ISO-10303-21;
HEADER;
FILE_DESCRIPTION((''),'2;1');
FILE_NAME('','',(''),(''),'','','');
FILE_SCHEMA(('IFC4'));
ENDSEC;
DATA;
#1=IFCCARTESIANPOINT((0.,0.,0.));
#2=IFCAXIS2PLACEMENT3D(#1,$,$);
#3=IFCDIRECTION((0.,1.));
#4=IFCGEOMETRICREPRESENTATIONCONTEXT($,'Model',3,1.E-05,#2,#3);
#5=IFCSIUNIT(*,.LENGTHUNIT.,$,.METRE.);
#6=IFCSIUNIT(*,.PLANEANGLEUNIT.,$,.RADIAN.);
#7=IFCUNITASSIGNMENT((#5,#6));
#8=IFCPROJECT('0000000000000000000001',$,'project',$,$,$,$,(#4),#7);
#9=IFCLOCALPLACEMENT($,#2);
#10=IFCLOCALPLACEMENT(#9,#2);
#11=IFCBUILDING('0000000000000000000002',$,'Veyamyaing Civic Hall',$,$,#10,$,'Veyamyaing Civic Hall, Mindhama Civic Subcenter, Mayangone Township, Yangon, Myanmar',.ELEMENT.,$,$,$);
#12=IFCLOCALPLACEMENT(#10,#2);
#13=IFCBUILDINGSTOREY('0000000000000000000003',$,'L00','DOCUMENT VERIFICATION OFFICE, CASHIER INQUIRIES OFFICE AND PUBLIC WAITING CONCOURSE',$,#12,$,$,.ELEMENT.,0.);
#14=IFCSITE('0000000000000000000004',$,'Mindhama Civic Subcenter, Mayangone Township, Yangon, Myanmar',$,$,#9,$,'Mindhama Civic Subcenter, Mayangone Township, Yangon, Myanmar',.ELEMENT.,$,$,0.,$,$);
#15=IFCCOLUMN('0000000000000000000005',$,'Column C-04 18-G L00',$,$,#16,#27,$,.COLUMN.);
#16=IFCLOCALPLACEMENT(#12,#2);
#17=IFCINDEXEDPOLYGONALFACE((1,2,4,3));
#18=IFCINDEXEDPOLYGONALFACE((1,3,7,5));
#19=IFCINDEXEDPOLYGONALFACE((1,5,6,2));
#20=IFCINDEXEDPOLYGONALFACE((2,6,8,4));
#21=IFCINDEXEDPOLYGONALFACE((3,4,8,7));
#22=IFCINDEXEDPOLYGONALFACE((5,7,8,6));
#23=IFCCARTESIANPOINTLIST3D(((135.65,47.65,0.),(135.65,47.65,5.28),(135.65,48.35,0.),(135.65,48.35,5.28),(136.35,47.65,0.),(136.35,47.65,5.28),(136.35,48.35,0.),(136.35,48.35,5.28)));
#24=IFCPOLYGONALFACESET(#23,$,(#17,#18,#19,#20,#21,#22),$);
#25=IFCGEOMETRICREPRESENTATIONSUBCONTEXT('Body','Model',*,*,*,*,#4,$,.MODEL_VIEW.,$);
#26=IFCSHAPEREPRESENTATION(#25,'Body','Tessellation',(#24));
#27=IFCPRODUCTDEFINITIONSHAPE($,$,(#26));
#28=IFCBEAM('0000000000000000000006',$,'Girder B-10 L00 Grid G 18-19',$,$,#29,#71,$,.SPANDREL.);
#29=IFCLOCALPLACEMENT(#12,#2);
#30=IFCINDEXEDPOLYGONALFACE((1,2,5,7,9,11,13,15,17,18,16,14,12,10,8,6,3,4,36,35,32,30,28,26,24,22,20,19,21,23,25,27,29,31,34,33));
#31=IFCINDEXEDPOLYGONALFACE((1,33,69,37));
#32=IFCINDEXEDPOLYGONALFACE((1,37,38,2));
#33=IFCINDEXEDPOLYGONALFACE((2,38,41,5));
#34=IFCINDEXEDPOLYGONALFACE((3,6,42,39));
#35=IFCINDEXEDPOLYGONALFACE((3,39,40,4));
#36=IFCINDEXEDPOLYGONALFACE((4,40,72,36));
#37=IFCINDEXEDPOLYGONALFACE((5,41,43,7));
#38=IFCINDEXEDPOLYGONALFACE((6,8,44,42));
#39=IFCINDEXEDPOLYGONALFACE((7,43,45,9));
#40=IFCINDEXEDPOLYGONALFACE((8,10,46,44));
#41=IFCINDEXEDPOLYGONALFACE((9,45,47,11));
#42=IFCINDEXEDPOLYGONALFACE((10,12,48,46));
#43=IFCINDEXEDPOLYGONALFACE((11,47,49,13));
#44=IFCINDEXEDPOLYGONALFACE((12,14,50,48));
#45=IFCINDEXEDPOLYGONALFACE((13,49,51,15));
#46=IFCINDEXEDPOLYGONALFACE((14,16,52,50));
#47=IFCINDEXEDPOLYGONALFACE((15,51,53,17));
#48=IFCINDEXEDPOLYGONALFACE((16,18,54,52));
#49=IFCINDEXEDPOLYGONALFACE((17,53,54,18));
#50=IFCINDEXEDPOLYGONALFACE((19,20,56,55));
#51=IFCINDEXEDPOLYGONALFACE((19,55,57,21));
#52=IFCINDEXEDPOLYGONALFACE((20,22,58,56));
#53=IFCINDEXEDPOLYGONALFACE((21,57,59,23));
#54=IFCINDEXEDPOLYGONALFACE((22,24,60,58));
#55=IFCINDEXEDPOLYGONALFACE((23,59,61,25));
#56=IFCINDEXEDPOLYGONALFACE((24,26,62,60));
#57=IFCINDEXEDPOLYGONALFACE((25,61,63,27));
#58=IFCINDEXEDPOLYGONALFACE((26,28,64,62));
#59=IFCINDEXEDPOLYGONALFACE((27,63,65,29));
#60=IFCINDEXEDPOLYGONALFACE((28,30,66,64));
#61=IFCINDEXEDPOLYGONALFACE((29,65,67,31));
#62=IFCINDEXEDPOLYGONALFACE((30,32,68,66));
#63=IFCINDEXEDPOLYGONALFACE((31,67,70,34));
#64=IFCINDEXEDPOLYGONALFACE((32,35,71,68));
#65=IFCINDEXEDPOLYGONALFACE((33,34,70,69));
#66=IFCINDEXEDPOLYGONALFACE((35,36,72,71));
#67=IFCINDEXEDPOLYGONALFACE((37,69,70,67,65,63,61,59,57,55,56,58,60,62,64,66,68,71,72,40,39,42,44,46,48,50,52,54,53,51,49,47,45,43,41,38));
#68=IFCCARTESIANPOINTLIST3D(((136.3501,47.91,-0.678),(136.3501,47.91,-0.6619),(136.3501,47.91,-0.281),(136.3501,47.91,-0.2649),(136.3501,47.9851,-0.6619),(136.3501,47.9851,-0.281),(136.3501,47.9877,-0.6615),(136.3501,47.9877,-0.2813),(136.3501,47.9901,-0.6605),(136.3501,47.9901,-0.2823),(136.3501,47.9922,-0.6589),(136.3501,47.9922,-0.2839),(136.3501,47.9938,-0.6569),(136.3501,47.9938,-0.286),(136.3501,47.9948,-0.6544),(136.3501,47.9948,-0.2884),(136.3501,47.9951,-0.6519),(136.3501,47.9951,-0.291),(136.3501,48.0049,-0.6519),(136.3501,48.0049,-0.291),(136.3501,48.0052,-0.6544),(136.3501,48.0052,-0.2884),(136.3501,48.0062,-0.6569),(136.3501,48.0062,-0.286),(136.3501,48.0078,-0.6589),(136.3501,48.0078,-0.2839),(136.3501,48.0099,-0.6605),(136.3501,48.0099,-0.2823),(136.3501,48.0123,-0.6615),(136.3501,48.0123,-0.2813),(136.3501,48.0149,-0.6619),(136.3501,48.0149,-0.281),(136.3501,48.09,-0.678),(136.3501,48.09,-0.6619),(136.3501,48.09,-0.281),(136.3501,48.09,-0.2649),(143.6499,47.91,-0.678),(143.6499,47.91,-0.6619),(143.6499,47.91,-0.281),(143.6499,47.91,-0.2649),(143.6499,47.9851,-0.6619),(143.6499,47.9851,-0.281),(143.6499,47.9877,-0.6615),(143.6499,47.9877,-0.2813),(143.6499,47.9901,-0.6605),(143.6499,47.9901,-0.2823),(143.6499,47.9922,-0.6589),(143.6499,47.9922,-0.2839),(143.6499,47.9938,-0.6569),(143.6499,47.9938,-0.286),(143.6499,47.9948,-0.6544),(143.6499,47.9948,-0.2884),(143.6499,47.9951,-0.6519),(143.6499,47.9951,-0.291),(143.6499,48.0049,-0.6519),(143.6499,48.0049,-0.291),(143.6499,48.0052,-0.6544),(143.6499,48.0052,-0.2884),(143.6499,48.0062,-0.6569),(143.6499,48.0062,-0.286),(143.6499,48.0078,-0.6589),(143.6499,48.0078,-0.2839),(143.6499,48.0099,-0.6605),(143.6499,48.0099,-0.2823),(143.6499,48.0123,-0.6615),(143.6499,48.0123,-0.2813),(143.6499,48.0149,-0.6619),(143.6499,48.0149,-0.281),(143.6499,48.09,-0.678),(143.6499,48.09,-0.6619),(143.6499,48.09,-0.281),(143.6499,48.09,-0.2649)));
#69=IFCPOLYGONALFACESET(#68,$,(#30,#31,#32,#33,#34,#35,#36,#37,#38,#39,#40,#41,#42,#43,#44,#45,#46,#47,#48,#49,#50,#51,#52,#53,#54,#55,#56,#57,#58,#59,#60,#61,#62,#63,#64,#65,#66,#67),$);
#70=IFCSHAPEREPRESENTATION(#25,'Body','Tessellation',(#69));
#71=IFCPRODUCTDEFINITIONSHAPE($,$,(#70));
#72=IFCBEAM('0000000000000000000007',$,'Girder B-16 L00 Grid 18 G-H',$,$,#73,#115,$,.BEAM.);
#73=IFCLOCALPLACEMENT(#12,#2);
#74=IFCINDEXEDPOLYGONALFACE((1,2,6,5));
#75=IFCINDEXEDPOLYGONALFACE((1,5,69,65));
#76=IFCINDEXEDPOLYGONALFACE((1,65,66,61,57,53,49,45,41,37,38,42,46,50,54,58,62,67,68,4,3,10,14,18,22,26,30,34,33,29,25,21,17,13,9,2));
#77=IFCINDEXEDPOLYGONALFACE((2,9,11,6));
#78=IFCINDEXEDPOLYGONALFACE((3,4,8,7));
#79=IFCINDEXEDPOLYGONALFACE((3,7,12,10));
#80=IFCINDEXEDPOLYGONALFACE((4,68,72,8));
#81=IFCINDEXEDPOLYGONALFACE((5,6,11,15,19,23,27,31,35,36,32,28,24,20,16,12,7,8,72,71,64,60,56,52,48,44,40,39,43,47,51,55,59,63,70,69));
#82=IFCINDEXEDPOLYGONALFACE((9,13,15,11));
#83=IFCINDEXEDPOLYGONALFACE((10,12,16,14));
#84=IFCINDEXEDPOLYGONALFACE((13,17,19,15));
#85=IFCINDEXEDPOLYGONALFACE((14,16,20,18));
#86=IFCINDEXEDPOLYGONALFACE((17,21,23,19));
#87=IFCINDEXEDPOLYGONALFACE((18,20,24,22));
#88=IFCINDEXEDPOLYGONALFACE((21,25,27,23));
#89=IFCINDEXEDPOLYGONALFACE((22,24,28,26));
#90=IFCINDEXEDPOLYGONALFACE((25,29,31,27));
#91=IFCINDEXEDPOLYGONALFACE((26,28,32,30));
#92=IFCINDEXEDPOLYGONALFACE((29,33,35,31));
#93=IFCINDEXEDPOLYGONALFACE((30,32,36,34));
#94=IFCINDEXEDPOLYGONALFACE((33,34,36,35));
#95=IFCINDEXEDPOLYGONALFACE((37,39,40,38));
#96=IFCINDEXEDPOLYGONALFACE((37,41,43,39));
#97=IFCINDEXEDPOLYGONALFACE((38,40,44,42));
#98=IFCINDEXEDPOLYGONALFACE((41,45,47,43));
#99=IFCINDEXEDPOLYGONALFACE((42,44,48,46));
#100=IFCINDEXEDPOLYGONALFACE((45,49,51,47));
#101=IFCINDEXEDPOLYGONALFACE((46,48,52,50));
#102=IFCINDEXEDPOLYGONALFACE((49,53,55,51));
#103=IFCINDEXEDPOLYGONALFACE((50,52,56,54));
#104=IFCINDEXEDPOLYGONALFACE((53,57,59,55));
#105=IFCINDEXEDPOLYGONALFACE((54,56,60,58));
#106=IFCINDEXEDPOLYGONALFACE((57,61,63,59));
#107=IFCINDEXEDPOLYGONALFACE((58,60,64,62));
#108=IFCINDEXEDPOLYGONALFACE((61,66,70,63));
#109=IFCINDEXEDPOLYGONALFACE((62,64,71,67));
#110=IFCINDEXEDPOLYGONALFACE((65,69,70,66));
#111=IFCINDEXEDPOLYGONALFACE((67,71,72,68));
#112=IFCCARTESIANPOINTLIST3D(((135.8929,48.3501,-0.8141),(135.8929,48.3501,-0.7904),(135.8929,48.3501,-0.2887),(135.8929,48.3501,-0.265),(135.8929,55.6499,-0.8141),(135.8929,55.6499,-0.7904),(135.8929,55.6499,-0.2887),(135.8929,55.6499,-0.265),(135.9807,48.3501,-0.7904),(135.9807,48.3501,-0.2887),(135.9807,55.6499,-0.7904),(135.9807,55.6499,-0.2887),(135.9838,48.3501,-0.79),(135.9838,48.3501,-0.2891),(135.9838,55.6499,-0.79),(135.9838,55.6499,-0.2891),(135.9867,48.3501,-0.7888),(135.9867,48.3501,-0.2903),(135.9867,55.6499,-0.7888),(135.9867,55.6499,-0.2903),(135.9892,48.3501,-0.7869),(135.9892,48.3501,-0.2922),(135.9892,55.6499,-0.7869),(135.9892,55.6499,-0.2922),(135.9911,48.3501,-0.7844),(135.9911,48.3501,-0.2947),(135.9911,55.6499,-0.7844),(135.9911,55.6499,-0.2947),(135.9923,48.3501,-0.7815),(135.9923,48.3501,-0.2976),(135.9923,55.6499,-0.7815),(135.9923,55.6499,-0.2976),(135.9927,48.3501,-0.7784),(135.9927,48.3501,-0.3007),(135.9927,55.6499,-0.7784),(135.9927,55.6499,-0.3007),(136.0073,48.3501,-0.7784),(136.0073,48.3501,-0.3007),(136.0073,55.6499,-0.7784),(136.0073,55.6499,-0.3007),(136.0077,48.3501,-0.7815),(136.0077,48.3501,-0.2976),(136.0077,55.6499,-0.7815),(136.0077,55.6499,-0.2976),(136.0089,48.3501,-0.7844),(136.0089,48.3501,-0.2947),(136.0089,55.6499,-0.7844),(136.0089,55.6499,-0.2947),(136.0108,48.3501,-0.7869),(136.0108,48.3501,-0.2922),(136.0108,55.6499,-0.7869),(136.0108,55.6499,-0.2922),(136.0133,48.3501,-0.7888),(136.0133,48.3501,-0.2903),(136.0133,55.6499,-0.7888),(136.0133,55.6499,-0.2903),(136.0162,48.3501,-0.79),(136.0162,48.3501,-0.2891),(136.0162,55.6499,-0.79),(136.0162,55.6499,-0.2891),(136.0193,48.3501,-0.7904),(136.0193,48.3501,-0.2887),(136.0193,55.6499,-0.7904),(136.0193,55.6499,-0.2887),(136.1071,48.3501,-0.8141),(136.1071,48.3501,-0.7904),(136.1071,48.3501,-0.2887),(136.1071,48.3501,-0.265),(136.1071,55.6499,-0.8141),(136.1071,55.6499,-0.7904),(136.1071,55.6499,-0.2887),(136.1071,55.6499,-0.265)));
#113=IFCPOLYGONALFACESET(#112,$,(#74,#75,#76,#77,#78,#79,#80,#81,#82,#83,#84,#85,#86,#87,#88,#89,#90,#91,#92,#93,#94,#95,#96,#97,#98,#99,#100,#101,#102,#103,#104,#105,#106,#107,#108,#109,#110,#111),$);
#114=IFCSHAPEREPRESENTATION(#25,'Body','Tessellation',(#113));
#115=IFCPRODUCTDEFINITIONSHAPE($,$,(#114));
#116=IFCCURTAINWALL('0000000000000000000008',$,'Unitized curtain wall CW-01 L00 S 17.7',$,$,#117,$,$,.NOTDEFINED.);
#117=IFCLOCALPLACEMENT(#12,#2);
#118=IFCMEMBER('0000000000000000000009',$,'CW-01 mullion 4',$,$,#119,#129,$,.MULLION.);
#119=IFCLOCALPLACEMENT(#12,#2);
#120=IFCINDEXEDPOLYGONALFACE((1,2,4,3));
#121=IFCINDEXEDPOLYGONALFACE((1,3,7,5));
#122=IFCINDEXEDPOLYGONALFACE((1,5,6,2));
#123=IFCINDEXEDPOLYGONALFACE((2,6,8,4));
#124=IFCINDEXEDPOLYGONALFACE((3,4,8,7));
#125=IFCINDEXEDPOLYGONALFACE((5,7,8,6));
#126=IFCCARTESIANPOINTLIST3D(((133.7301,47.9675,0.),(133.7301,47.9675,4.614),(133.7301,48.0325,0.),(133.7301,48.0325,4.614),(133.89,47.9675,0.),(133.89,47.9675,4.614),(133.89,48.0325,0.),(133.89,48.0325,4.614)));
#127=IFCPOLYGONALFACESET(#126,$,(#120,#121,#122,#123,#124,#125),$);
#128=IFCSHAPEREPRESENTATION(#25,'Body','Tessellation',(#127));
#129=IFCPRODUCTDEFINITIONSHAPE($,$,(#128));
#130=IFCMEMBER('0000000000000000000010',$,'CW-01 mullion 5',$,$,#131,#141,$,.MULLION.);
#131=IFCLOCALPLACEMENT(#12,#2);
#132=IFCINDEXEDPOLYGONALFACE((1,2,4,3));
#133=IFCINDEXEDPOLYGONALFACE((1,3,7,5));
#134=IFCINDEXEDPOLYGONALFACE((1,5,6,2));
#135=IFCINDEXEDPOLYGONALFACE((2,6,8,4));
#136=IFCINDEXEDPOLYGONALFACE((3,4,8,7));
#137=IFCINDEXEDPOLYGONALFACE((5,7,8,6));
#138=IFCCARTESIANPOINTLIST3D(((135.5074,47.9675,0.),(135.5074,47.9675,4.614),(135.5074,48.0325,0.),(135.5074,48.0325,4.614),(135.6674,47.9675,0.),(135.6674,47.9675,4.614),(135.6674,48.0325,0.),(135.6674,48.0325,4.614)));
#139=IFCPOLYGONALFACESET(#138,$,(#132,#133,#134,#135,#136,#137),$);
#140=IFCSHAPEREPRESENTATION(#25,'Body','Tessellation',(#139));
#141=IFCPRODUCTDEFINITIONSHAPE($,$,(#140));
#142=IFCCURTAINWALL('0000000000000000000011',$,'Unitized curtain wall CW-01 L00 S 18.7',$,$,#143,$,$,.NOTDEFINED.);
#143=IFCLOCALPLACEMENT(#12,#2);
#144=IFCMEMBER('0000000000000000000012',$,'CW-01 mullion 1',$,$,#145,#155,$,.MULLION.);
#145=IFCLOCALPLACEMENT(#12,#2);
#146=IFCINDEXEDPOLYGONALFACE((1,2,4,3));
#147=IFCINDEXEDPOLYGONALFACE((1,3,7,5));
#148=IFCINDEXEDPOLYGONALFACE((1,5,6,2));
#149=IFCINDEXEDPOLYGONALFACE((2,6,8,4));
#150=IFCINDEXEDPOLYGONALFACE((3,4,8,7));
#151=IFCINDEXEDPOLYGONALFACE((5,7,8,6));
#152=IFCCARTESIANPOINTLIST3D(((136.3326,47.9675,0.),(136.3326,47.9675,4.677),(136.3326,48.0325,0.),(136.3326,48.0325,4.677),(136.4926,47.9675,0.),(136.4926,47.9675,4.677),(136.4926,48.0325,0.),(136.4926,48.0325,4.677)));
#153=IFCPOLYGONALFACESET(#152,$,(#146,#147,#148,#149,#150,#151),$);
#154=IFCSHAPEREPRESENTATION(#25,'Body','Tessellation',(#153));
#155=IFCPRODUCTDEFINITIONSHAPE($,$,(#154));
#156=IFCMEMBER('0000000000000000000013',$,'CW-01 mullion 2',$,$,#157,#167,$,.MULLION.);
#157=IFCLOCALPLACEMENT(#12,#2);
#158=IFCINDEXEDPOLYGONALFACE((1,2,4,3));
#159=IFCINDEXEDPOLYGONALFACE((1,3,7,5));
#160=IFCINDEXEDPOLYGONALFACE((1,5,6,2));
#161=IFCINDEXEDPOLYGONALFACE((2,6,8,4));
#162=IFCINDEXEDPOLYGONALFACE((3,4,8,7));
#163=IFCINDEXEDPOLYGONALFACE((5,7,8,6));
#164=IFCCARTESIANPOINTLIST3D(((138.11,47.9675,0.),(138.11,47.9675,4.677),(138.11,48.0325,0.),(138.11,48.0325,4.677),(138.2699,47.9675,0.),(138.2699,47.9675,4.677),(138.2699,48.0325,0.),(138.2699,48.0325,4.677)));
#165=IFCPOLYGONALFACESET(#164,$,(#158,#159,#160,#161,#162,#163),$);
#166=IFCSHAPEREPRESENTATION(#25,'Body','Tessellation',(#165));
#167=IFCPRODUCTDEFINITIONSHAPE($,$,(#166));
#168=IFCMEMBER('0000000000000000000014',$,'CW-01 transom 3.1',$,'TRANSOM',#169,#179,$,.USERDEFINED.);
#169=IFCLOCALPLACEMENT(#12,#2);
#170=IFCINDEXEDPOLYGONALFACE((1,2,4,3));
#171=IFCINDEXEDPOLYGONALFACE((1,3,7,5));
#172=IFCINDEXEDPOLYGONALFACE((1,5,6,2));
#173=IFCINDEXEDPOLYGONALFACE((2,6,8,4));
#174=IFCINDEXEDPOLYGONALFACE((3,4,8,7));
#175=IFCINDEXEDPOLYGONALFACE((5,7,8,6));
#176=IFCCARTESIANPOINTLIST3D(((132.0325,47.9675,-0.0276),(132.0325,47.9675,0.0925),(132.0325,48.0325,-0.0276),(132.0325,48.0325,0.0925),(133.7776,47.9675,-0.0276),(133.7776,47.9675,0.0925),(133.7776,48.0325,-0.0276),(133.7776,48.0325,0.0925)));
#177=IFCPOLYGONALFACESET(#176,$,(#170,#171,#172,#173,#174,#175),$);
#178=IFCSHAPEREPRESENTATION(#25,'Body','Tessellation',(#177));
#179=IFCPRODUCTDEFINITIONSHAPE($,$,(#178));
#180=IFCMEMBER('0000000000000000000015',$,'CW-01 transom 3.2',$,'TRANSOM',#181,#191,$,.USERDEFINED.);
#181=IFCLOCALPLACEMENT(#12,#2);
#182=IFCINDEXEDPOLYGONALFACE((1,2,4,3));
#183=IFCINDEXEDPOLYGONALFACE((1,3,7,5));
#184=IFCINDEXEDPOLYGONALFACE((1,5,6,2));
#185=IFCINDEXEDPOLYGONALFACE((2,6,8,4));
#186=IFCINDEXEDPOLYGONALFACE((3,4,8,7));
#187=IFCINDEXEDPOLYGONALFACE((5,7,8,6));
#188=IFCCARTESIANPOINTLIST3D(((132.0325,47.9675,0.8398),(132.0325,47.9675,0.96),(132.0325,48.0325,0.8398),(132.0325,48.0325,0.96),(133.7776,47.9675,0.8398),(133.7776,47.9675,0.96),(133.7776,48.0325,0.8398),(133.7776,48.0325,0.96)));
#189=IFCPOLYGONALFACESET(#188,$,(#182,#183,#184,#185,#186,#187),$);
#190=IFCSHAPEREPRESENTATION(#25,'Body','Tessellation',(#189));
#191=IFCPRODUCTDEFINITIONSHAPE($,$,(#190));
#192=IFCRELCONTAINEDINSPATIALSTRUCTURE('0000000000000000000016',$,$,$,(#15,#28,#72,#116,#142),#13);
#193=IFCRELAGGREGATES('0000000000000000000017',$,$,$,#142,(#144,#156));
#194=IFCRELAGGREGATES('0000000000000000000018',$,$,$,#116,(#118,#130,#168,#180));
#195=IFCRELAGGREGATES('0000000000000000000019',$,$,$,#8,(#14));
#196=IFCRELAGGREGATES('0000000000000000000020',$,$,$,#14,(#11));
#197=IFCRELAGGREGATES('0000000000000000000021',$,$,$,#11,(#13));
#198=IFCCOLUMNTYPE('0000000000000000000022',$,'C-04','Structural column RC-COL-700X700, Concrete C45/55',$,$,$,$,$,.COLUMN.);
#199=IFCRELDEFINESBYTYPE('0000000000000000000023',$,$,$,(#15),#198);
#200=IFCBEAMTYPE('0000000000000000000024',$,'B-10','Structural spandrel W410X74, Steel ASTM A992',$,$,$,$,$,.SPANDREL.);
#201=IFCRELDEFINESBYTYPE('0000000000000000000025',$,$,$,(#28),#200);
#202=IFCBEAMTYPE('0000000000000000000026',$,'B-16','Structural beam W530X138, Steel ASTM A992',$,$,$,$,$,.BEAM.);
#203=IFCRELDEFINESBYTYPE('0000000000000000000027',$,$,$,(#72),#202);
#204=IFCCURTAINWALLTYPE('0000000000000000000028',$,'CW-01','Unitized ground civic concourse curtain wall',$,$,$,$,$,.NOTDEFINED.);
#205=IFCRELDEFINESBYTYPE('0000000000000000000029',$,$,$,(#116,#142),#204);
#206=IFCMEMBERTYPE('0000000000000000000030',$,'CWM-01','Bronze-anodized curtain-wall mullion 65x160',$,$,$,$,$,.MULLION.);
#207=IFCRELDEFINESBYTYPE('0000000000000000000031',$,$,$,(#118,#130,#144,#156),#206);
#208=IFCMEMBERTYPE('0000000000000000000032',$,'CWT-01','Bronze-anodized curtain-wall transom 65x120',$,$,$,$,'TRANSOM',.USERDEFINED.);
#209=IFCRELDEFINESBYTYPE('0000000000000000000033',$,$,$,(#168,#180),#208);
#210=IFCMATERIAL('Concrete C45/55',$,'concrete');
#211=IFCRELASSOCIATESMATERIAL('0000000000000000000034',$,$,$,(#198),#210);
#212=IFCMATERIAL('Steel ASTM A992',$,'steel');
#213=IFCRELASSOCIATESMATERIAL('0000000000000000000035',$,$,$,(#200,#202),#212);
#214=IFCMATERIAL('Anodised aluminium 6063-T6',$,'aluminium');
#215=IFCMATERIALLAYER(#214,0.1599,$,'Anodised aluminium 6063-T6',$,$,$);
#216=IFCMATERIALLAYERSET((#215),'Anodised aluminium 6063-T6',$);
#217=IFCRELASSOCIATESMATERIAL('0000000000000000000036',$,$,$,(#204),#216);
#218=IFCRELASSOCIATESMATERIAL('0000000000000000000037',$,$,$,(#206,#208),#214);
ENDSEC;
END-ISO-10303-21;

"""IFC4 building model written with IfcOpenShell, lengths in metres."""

from ifc_helpers import new_model, si_unit, direction, frame, origin, origin_2d, place, context, subcontext, project, spatial, rectangle, i_section, extrude, material, layer, layer_set, material_profile, profile_set, type_object, element, aggregate, save


model = new_model("IFC4")

# Units and contexts
model_context = context("Model", 3, precision=1e-05, world=origin(), true_north=direction((0.0, 1.0)))
body_context = subcontext(model_context, "Body", "Model", "MODEL_VIEW")
ifc_project = project(units=[si_unit("LENGTHUNIT", "METRE"), si_unit("PLANEANGLEUNIT", "RADIAN")], contexts=[model_context])

# Site, building, storey
site_placement = place(None, origin())
site = spatial("IfcSite", under=ifc_project, at=site_placement, Name="Mindhama Civic Subcenter, Mayangone Township, Yangon, Myanmar", LongName="Mindhama Civic Subcenter, Mayangone Township, Yangon, Myanmar", CompositionType="ELEMENT", RefElevation=0.0)
building_placement = place(site_placement, origin())
building = spatial("IfcBuilding", under=site, at=building_placement, Name="Veyamyaing Civic Hall", LongName="Veyamyaing Civic Hall, Mindhama Civic Subcenter, Mayangone Township, Yangon, Myanmar", CompositionType="ELEMENT")
storey_placement = place(building_placement, origin())
storey = spatial("IfcBuildingStorey", under=building, at=storey_placement, Name="L00", Description="DOCUMENT VERIFICATION OFFICE, CASHIER INQUIRIES OFFICE AND PUBLIC WAITING CONCOURSE", CompositionType="ELEMENT", Elevation=0.0)

# Column
ifc_material_1 = material(Name="Concrete C45/55", Category="concrete")
ifc_material_profile_1 = material_profile(ifc_material_1, rectangle(XDim=0.7, YDim=0.7, at=origin_2d()), Name="RC-COL-700X700")
ifc_profile_set_1 = profile_set([ifc_material_profile_1], Name="Concrete C45/55")
column_type = type_object("IfcColumnType", Name="C-04", Description="Structural column RC-COL-700X700, Concrete C45/55", PredefinedType="COLUMN", material=ifc_profile_set_1)
column_placement = place(storey_placement, frame((136.0, 48.0, 0.0), z_axis=(0.0, 0.0, 1.0), x_axis=(1.0, 0.0, 0.0)))
element("IfcColumn", 1, at=column_placement, inside=storey, type_object=column_type, Name="Column C-04 18-G L00", PredefinedType="COLUMN", context=body_context, shape_type="SweptSolid", body=[
    extrude(rectangle(XDim=0.7, YDim=0.7, at=origin_2d()), origin(), (0.0, 0.0, 1.0), 5.28),
])

# Beams
ifc_material_2 = material(Name="Steel ASTM A992", Category="steel")
ifc_material_profile_2 = material_profile(ifc_material_2, i_section(OverallWidth=0.1799, OverallDepth=0.4131, WebThickness=0.0098, FlangeThickness=0.0161, FilletRadius=0.01, at=origin_2d()), Name="W410X74")
ifc_profile_set_2 = profile_set([ifc_material_profile_2], Name="Steel ASTM A992")
beam_type_1 = type_object("IfcBeamType", Name="B-10", Description="Structural spandrel W410X74, Steel ASTM A992", PredefinedType="SPANDREL", material=ifc_profile_set_2)
beam_1_placement = place(storey_placement, frame((136.3501, 48.0, -0.4714), z_axis=(1.0, 0.0, 0.0), x_axis=(0.0, 1.0, 0.0)))
element("IfcBeam", 2, at=beam_1_placement, inside=storey, type_object=beam_type_1, Name="Girder B-10 L00 Grid G 18-19", PredefinedType="SPANDREL", context=body_context, shape_type="SweptSolid", body=[
    extrude(i_section(OverallWidth=0.1799, OverallDepth=0.4131, WebThickness=0.0098, FlangeThickness=0.0161, FilletRadius=0.01, at=origin_2d()), origin(), (0.0, 0.0, 1.0), 7.2998),
])
ifc_material_profile_3 = material_profile(ifc_material_2, i_section(OverallWidth=0.2141, OverallDepth=0.5491, WebThickness=0.0146, FlangeThickness=0.0237, FilletRadius=0.012, at=origin_2d()), Name="W530X138")
ifc_profile_set_3 = profile_set([ifc_material_profile_3], Name="Steel ASTM A992")
beam_type_2 = type_object("IfcBeamType", Name="B-16", Description="Structural beam W530X138, Steel ASTM A992", PredefinedType="BEAM", material=ifc_profile_set_3)
beam_2_placement = place(storey_placement, frame((136.0, 48.3501, -0.5396), z_axis=(0.0, 1.0, 0.0), x_axis=(-1.0, 0.0, 0.0)))
element("IfcBeam", 3, at=beam_2_placement, inside=storey, type_object=beam_type_2, Name="Girder B-16 L00 Grid 18 G-H", PredefinedType="BEAM", context=body_context, shape_type="SweptSolid", body=[
    extrude(i_section(OverallWidth=0.2141, OverallDepth=0.5491, WebThickness=0.0146, FlangeThickness=0.0237, FilletRadius=0.012, at=origin_2d()), origin(), (0.0, 0.0, 1.0), 7.2998),
])

# Curtain walls, members
ifc_material_3 = material(Name="Anodised aluminium 6063-T6", Category="aluminium")
ifc_layer_1 = layer(ifc_material_3, 0.1599, Name="Anodised aluminium 6063-T6")
ifc_layer_set_1 = layer_set([ifc_layer_1], Name="Anodised aluminium 6063-T6")
curtain_wall_type = type_object("IfcCurtainWallType", Name="CW-01", Description="Unitized ground civic concourse curtain wall", PredefinedType="NOTDEFINED", material=ifc_layer_set_1)
curtain_wall_1_placement = place(storey_placement, origin())
curtain_wall_1 = element("IfcCurtainWall", 4, at=curtain_wall_1_placement, inside=storey, type_object=curtain_wall_type, Name="Unitized curtain wall CW-01 L00 S 17.7", PredefinedType="NOTDEFINED")
ifc_material_profile_4 = material_profile(ifc_material_3, rectangle(XDim=0.0649, YDim=0.1599, at=origin_2d()), Name="ALU-MUL-65X160")
ifc_profile_set_4 = profile_set([ifc_material_profile_4], Name="Anodised aluminium 6063-T6")
member_type_1 = type_object("IfcMemberType", Name="CWM-01", Description="Bronze-anodized curtain-wall mullion 65x160", PredefinedType="MULLION", material=ifc_profile_set_4)
member_1_placement = place(storey_placement, frame((133.8101, 48.0, 0.0), z_axis=(0.0, 0.0, 1.0), x_axis=(0.0, 1.0, 0.0)))
member_1 = element("IfcMember", 5, at=member_1_placement, type_object=member_type_1, Name="CW-01 mullion 4", PredefinedType="MULLION", context=body_context, shape_type="SweptSolid", body=[
    extrude(rectangle(XDim=0.0649, YDim=0.1599, at=origin_2d()), origin(), (0.0, 0.0, 1.0), 4.614),
])
member_2_placement = place(storey_placement, frame((135.5874, 48.0, 0.0), z_axis=(0.0, 0.0, 1.0), x_axis=(0.0, 1.0, 0.0)))
member_2 = element("IfcMember", 6, at=member_2_placement, type_object=member_type_1, Name="CW-01 mullion 5", PredefinedType="MULLION", context=body_context, shape_type="SweptSolid", body=[
    extrude(rectangle(XDim=0.0649, YDim=0.1599, at=origin_2d()), origin(), (0.0, 0.0, 1.0), 4.614),
])
curtain_wall_2_placement = place(storey_placement, origin())
curtain_wall_2 = element("IfcCurtainWall", 7, at=curtain_wall_2_placement, inside=storey, type_object=curtain_wall_type, Name="Unitized curtain wall CW-01 L00 S 18.7", PredefinedType="NOTDEFINED")
member_3_placement = place(storey_placement, frame((136.4126, 48.0, 0.0), z_axis=(0.0, 0.0, 1.0), x_axis=(0.0, 1.0, 0.0)))
member_3 = element("IfcMember", 8, at=member_3_placement, type_object=member_type_1, Name="CW-01 mullion 1", PredefinedType="MULLION", context=body_context, shape_type="SweptSolid", body=[
    extrude(rectangle(XDim=0.0649, YDim=0.1599, at=origin_2d()), origin(), (0.0, 0.0, 1.0), 4.677),
])
member_4_placement = place(storey_placement, frame((138.1899, 48.0, 0.0), z_axis=(0.0, 0.0, 1.0), x_axis=(0.0, 1.0, 0.0)))
member_4 = element("IfcMember", 9, at=member_4_placement, type_object=member_type_1, Name="CW-01 mullion 2", PredefinedType="MULLION", context=body_context, shape_type="SweptSolid", body=[
    extrude(rectangle(XDim=0.0649, YDim=0.1599, at=origin_2d()), origin(), (0.0, 0.0, 1.0), 4.677),
])

# Members
ifc_material_profile_5 = material_profile(ifc_material_3, rectangle(XDim=0.0649, YDim=0.1201, at=origin_2d()), Name="ALU-TRN-65X120")
ifc_profile_set_5 = profile_set([ifc_material_profile_5], Name="Anodised aluminium 6063-T6")
member_type_2 = type_object("IfcMemberType", Name="CWT-01", Description="Bronze-anodized curtain-wall transom 65x120", ElementType="TRANSOM", PredefinedType="USERDEFINED", material=ifc_profile_set_5)
member_5_placement = place(storey_placement, frame((132.0325, 48.0, 0.0325), z_axis=(1.0, 0.0, 0.0), x_axis=(0.0, 1.0, 0.0)))
member_5 = element("IfcMember", 10, at=member_5_placement, type_object=member_type_2, Name="CW-01 transom 3.1", ObjectType="TRANSOM", PredefinedType="USERDEFINED", context=body_context, shape_type="SweptSolid", body=[
    extrude(rectangle(XDim=0.0649, YDim=0.1201, at=origin_2d()), origin(), (0.0, 0.0, 1.0), 1.7451),
])
member_6_placement = place(storey_placement, frame((132.0325, 48.0, 0.8999), z_axis=(1.0, 0.0, 0.0), x_axis=(0.0, 1.0, 0.0)))
member_6 = element("IfcMember", 11, at=member_6_placement, type_object=member_type_2, Name="CW-01 transom 3.2", ObjectType="TRANSOM", PredefinedType="USERDEFINED", context=body_context, shape_type="SweptSolid", body=[
    extrude(rectangle(XDim=0.0649, YDim=0.1201, at=origin_2d()), origin(), (0.0, 0.0, 1.0), 1.7451),
])

aggregate(curtain_wall_2, [member_3, member_4])
aggregate(curtain_wall_1, [member_1, member_2, member_5, member_6])

save(model, "model.ifc")
